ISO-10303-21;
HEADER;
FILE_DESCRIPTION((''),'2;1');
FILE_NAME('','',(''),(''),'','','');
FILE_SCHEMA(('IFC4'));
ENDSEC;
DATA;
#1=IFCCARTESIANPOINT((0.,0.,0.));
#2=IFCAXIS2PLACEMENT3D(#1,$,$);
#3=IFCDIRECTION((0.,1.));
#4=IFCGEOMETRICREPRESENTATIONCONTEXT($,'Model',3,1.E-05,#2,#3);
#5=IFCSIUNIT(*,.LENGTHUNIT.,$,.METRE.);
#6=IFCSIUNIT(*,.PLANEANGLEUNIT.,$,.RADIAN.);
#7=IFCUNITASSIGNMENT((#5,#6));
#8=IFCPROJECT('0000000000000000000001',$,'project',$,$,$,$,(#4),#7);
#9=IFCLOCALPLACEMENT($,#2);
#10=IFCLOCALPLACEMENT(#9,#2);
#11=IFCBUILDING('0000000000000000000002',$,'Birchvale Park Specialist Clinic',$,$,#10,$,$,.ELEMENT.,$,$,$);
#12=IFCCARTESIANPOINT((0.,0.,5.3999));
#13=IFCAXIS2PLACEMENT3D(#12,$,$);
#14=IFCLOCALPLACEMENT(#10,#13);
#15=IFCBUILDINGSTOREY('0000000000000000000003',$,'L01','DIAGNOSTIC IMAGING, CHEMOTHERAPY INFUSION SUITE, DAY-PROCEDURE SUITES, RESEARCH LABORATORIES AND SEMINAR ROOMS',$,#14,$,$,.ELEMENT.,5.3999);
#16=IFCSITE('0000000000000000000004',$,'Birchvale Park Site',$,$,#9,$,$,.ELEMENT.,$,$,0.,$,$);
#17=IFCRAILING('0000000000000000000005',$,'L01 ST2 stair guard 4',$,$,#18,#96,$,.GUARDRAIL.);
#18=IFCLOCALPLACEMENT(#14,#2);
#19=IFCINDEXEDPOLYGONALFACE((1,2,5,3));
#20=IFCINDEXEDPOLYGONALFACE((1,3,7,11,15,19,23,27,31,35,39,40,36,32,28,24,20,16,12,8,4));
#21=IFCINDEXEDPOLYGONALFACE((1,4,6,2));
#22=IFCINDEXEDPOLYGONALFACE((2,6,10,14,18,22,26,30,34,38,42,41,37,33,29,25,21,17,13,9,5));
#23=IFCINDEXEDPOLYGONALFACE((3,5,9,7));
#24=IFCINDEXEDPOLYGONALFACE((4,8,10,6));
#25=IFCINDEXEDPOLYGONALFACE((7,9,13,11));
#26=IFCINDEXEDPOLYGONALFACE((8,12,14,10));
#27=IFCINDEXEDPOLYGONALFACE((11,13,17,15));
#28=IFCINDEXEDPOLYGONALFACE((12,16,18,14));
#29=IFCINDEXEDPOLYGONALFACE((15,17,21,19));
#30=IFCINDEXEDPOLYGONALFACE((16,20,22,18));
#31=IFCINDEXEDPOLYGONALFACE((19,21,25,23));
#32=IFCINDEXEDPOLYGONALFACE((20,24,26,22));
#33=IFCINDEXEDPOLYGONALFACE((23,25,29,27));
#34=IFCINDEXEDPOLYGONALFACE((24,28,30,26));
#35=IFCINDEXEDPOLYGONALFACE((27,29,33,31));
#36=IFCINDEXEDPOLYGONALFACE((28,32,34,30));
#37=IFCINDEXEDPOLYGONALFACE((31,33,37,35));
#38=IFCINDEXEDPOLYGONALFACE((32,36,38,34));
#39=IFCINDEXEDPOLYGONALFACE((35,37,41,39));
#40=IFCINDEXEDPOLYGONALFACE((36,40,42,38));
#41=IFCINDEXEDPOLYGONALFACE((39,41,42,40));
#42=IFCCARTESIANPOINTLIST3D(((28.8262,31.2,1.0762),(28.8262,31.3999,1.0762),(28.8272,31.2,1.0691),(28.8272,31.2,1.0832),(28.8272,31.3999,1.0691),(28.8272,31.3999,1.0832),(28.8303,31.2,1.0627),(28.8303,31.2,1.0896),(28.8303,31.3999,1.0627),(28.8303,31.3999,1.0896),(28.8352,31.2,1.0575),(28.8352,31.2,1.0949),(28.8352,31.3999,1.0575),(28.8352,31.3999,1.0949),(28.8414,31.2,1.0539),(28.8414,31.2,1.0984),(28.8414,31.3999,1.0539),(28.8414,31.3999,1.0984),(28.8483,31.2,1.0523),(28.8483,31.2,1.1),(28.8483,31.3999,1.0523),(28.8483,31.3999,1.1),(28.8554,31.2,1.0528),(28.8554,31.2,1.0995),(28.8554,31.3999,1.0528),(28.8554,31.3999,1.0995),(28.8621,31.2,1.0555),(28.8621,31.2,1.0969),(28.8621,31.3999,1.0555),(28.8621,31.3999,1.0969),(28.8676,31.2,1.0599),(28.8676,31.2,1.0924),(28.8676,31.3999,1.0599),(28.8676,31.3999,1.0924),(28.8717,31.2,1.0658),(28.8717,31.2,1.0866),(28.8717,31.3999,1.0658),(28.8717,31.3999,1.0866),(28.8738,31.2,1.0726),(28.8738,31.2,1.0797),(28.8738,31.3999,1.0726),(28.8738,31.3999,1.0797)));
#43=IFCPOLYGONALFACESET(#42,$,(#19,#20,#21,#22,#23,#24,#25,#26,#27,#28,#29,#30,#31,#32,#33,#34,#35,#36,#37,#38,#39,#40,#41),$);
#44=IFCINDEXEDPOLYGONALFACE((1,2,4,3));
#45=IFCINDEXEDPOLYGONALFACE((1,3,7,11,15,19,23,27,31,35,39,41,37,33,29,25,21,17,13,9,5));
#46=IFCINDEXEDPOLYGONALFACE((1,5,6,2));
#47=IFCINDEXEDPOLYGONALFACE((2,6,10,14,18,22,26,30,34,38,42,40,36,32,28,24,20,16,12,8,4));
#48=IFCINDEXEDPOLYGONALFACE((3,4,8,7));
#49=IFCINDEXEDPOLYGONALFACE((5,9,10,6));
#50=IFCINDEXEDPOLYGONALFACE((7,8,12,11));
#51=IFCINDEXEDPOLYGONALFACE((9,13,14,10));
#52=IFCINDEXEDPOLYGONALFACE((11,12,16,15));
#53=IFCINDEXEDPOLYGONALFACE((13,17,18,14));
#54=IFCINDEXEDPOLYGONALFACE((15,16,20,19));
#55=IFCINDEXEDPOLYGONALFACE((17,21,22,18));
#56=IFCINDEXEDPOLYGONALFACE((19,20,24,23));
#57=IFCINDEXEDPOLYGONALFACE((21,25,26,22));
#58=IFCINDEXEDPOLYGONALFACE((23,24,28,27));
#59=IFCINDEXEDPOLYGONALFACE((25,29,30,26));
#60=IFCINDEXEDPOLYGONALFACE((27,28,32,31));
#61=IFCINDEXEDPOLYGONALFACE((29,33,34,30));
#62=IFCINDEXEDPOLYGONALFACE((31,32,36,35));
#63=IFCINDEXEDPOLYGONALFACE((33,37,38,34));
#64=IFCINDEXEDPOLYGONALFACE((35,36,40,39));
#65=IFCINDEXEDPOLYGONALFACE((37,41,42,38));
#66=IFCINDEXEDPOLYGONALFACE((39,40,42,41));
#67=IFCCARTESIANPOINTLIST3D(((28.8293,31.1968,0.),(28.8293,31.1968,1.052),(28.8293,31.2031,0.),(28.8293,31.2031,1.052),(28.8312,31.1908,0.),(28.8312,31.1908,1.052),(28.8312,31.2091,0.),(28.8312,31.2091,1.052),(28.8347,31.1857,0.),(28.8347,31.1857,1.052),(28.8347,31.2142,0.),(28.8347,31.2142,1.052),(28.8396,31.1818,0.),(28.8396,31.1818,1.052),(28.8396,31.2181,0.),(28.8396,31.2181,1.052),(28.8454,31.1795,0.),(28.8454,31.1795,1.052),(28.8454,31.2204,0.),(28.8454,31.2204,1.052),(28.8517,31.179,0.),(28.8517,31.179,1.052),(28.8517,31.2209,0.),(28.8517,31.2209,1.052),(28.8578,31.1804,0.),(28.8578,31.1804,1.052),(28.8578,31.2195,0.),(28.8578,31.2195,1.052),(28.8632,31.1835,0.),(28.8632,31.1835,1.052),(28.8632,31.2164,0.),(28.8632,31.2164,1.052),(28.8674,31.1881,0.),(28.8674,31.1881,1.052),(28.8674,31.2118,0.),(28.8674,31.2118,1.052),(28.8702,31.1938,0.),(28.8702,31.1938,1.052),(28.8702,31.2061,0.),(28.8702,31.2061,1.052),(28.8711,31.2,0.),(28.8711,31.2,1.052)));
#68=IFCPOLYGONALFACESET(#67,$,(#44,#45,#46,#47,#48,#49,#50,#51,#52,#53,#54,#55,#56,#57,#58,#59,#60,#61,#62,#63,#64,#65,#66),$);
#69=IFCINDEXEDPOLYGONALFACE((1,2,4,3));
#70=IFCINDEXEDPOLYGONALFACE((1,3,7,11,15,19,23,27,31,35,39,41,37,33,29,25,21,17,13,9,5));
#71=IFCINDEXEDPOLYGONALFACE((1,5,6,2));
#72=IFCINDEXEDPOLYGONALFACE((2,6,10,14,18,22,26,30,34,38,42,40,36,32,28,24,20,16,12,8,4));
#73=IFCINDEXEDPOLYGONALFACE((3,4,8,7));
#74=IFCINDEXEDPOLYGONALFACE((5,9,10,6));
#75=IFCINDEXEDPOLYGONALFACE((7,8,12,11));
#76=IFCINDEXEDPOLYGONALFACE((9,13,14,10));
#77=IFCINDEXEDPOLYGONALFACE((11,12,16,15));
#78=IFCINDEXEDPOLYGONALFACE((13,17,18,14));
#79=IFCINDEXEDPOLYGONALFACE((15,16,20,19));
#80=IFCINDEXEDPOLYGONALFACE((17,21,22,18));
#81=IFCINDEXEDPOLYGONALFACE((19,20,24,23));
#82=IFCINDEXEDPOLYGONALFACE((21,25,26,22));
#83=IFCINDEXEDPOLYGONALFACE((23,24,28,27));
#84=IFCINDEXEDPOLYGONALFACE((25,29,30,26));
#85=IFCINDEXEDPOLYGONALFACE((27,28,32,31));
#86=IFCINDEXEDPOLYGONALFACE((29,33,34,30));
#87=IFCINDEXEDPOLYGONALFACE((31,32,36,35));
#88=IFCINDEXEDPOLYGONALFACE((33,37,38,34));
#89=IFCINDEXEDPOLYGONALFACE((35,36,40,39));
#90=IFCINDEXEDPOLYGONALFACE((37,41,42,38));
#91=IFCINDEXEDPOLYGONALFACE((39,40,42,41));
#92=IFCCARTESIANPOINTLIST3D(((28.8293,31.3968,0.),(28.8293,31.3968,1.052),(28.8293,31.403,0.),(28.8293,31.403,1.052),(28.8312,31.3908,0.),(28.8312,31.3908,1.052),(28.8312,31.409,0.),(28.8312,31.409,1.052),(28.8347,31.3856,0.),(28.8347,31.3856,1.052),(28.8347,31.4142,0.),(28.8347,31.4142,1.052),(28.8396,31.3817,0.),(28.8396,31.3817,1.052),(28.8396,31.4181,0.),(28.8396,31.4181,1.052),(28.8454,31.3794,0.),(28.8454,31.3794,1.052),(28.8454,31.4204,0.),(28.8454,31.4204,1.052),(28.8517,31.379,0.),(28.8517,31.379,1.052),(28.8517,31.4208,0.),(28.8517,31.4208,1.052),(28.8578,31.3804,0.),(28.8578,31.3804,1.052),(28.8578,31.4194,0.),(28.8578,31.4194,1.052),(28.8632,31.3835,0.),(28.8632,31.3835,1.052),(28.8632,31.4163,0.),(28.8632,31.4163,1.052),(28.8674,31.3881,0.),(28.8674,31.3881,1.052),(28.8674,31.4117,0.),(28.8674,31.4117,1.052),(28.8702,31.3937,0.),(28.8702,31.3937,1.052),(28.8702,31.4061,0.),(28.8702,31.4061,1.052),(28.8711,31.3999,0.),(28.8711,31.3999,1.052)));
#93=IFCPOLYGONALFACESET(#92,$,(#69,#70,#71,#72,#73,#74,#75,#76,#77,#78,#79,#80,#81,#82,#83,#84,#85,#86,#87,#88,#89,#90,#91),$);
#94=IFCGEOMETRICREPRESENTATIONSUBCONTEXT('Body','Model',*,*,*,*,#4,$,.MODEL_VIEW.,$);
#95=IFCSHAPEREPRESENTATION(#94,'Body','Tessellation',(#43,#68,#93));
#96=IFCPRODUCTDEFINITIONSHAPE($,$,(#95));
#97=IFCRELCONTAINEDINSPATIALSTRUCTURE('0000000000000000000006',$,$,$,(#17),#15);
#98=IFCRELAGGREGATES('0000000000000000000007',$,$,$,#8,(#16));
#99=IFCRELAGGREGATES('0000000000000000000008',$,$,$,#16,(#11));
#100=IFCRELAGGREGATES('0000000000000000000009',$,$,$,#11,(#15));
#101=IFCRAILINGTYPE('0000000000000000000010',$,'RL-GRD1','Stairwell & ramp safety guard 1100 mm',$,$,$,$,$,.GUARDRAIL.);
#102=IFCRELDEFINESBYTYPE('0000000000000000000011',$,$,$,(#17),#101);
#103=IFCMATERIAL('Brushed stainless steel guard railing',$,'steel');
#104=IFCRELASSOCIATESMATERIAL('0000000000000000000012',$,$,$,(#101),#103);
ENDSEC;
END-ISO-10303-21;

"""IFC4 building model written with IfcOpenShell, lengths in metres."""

from ifc_helpers import new_model, si_unit, direction, frame, origin, origin_2d, place, context, subcontext, project, spatial, circle, extrude, material, type_object, element, save


model = new_model("IFC4")

# Units and contexts
model_context = context("Model", 3, precision=1e-05, world=origin(), true_north=direction((0.0, 1.0)))
body_context = subcontext(model_context, "Body", "Model", "MODEL_VIEW")
ifc_project = project(units=[si_unit("LENGTHUNIT", "METRE"), si_unit("PLANEANGLEUNIT", "RADIAN")], contexts=[model_context])

# Site, building, storey
site_placement = place(None, origin())
site = spatial("IfcSite", under=ifc_project, at=site_placement, Name="Birchvale Park Site", CompositionType="ELEMENT", RefElevation=0.0)
building_placement = place(site_placement, origin())
building = spatial("IfcBuilding", under=site, at=building_placement, Name="Birchvale Park Specialist Clinic", CompositionType="ELEMENT")
storey_placement = place(building_placement, frame((0.0, 0.0, 5.3999)))
storey = spatial("IfcBuildingStorey", under=building, at=storey_placement, Name="L01", Description="DIAGNOSTIC IMAGING, CHEMOTHERAPY INFUSION SUITE, DAY-PROCEDURE SUITES, RESEARCH LABORATORIES AND SEMINAR ROOMS", CompositionType="ELEMENT", Elevation=5.3999)

# Railing
ifc_material_1 = material(Name="Brushed stainless steel guard railing", Category="steel")
railing_type_1 = type_object("IfcRailingType", Name="RL-GRD1", Description="Stairwell & ramp safety guard 1100 mm", PredefinedType="GUARDRAIL", material=ifc_material_1)
railing_1_placement = place(storey_placement, frame((28.8501, 31.2, 0.0)))
element("IfcRailing", 1, at=railing_1_placement, inside=storey, type_object=railing_type_1, Name="L01 ST2 stair guard 4", PredefinedType="GUARDRAIL", context=body_context, shape_type="SweptSolid", body=[
    extrude(circle(Radius=0.0239, at=origin_2d()), frame((0.0, 0.0, 1.0762), z_axis=(0.0, 1.0, 0.0), x_axis=(-1.0, 0.0, 0.0)), (0.0, 0.0, 1.0), 0.2),
    extrude(circle(Radius=0.021, at=origin_2d()), origin(), (0.0, 0.0, 1.0), 1.052),
    extrude(circle(Radius=0.021, at=origin_2d()), frame((0.0, 0.2, 0.0)), (0.0, 0.0, 1.0), 1.052),
])

save(model, "model.ifc")
